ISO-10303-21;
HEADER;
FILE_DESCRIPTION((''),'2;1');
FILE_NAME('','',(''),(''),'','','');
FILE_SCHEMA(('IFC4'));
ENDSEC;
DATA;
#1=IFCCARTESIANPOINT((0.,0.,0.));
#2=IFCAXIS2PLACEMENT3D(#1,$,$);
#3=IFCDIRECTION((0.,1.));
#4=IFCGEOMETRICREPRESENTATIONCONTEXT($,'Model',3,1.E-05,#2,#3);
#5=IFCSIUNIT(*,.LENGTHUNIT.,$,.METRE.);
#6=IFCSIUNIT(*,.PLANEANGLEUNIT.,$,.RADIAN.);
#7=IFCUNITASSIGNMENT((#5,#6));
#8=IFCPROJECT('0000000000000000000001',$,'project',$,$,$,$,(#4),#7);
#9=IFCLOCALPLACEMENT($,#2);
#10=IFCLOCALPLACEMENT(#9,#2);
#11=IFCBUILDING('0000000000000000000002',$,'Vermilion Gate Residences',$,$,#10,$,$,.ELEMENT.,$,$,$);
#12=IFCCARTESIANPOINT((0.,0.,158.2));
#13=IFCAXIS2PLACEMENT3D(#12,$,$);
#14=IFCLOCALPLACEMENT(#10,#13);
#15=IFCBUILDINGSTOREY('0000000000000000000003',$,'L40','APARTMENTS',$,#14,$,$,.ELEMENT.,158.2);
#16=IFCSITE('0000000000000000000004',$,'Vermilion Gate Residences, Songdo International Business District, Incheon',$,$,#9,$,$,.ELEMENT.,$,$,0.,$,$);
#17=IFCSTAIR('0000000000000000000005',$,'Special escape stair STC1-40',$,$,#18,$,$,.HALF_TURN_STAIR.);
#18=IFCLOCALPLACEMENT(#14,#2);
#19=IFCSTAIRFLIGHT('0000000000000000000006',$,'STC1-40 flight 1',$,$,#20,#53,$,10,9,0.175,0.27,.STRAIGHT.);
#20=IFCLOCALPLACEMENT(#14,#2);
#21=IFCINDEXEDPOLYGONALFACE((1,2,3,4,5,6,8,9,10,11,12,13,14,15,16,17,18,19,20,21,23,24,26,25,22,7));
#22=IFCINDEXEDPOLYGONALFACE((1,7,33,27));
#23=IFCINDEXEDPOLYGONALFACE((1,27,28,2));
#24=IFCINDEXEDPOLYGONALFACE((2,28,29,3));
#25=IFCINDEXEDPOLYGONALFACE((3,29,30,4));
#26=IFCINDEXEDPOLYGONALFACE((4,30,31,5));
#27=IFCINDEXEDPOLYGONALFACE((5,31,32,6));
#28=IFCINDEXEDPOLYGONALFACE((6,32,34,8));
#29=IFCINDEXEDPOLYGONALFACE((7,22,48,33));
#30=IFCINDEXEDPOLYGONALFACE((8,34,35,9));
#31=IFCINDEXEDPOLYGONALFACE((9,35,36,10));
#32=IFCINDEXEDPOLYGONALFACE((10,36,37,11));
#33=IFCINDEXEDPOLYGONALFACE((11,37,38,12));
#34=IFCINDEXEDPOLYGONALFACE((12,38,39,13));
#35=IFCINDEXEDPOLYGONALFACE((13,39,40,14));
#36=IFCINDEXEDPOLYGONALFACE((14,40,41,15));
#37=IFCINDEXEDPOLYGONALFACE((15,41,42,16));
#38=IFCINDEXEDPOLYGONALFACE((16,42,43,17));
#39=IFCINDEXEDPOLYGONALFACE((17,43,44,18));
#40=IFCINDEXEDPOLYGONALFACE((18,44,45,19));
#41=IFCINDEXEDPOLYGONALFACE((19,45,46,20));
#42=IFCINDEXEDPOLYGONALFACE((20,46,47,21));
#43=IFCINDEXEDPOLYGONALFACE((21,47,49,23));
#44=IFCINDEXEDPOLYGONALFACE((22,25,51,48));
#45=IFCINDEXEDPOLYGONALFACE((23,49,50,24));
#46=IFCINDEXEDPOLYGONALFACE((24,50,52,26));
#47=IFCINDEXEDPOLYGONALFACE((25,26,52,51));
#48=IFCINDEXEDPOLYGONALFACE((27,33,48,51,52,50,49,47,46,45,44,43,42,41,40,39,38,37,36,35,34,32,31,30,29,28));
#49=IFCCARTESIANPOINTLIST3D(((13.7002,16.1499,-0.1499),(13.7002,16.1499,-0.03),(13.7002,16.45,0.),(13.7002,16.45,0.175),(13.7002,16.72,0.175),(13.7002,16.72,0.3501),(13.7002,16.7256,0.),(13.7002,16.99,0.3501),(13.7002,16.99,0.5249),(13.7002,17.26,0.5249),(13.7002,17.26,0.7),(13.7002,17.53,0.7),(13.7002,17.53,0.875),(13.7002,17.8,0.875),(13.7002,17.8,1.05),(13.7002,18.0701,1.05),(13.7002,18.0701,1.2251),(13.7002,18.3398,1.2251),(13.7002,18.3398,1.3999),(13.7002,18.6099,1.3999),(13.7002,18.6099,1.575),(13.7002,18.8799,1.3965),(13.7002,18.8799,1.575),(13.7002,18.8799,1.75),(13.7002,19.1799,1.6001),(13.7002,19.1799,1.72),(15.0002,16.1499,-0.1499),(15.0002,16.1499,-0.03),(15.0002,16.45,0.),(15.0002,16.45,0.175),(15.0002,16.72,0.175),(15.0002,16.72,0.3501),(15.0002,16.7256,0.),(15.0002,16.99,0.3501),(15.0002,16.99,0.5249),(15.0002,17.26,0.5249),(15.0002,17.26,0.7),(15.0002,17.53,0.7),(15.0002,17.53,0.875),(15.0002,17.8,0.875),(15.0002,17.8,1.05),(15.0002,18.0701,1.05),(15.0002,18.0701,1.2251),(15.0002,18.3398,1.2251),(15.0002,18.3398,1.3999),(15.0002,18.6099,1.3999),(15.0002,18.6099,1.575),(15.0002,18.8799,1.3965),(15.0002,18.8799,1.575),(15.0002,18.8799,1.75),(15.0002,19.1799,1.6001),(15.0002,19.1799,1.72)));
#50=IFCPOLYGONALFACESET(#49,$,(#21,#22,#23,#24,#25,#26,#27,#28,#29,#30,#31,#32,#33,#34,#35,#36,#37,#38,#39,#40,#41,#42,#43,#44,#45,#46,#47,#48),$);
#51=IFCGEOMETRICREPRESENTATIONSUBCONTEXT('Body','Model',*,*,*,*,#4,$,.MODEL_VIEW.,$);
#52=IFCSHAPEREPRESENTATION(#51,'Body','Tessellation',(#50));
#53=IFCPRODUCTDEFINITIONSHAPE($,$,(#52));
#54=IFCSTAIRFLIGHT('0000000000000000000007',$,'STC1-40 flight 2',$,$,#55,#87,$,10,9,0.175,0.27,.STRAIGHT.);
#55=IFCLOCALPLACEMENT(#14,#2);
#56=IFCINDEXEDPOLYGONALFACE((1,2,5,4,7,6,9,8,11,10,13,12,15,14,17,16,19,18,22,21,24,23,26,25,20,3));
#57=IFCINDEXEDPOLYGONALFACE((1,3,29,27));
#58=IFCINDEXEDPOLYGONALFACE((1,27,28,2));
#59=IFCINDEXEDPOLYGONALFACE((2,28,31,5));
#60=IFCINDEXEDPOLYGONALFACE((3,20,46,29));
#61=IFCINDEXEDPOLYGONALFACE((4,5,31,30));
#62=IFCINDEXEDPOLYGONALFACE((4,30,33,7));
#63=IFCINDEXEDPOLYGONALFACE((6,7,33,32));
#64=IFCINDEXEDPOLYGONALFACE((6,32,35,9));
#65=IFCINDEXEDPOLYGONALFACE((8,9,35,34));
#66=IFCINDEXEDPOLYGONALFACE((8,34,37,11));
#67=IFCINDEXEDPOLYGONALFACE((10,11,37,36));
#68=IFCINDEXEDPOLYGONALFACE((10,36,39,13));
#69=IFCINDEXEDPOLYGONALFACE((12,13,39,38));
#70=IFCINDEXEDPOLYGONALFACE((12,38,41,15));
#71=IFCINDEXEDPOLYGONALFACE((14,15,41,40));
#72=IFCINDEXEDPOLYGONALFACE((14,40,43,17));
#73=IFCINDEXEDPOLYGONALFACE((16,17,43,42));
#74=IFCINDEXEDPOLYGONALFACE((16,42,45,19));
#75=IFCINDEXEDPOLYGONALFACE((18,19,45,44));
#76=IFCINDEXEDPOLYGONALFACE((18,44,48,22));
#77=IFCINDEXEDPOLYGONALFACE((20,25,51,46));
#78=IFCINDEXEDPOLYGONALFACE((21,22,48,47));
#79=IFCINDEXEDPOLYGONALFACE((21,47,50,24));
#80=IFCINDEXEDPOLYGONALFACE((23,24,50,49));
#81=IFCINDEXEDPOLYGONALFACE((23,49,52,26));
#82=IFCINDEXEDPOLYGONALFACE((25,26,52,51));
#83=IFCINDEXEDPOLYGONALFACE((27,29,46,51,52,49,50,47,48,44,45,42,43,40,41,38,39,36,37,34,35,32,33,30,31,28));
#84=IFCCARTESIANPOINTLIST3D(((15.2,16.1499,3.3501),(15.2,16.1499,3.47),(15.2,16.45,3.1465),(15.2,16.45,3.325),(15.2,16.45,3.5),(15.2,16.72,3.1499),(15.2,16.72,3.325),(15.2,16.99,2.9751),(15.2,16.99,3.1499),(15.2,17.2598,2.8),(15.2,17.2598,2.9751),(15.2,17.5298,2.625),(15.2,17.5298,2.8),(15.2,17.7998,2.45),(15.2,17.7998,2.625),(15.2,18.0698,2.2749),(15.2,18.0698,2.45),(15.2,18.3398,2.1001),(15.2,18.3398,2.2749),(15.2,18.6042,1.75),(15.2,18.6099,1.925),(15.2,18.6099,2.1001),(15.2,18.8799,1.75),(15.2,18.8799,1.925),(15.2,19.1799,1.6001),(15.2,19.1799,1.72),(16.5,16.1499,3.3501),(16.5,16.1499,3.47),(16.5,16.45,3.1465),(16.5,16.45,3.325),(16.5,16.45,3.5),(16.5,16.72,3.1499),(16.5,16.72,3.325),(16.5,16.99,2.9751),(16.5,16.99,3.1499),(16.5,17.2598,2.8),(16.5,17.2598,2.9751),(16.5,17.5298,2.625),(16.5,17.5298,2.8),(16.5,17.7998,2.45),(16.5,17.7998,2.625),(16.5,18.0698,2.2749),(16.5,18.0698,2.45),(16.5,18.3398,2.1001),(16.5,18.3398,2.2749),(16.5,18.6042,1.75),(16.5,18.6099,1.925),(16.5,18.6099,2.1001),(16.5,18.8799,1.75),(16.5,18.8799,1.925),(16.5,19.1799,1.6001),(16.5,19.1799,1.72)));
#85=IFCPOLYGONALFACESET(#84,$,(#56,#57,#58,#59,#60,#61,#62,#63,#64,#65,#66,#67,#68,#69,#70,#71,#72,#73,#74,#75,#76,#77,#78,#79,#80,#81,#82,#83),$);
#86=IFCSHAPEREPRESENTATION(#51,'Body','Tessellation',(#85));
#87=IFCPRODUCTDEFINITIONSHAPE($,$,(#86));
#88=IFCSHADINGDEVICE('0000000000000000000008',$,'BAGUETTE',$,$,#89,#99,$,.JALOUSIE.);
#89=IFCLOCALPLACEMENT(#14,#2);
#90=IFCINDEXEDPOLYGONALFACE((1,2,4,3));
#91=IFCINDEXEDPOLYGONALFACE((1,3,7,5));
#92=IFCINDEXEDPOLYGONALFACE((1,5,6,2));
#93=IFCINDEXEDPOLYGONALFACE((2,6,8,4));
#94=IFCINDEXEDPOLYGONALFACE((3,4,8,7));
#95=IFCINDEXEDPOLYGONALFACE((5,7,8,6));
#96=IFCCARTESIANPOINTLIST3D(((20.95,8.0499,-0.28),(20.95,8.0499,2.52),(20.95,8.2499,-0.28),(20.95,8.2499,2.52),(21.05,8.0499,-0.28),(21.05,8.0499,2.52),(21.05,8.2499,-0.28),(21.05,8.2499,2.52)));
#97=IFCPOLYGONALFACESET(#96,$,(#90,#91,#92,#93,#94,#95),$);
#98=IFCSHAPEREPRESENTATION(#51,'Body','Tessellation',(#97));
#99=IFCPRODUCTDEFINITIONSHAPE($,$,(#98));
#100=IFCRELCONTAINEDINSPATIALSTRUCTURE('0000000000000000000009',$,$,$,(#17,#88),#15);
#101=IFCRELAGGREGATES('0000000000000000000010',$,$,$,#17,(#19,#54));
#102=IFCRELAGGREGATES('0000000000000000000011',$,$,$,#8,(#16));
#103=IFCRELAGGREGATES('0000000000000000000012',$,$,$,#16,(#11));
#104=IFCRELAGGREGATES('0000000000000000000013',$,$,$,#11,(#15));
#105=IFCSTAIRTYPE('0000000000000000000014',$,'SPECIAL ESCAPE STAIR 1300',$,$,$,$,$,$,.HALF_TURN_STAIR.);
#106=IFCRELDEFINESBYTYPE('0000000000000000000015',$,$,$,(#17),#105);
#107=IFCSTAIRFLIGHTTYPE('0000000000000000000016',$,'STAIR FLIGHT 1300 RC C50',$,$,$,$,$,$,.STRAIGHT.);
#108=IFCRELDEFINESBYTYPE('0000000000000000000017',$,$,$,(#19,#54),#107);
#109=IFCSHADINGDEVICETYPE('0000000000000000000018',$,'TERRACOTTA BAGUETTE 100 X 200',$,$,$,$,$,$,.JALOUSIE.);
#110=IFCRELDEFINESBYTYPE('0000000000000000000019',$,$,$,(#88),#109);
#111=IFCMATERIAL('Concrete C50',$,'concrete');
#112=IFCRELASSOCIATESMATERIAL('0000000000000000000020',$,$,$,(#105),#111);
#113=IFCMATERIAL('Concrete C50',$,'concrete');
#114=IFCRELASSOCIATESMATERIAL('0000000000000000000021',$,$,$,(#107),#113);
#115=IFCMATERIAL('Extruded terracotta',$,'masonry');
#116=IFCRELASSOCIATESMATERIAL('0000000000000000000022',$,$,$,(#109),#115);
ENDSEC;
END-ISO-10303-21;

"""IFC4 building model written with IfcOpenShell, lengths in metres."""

from ifc_helpers import new_model, si_unit, direction, frame, origin, origin_2d, place, context, subcontext, project, spatial, polyline, rectangle, outline, extrude, material, material_profile, profile_set, type_object, element, aggregate, save


model = new_model("IFC4")

# Units and contexts
model_context = context("Model", 3, precision=1e-05, world=origin(), true_north=direction((0.0, 1.0)))
body_context = subcontext(model_context, "Body", "Model", "MODEL_VIEW")
ifc_project = project(units=[si_unit("LENGTHUNIT", "METRE"), si_unit("PLANEANGLEUNIT", "RADIAN")], contexts=[model_context])

# Site, building, storey
site_placement = place(None, origin())
site = spatial("IfcSite", under=ifc_project, at=site_placement, Name="Vermilion Gate Residences, Songdo International Business District, Incheon", CompositionType="ELEMENT", RefElevation=0.0)
building_placement = place(site_placement, origin())
building = spatial("IfcBuilding", under=site, at=building_placement, Name="Vermilion Gate Residences", CompositionType="ELEMENT")
storey_placement = place(building_placement, frame((0.0, 0.0, 158.2)))
storey = spatial("IfcBuildingStorey", under=building, at=storey_placement, Name="L40", Description="APARTMENTS", CompositionType="ELEMENT", Elevation=158.2)

# Stair, stair flights
ifc_material_1 = material(Name="Concrete C50", Category="concrete")
stair_type = type_object("IfcStairType", Name="SPECIAL ESCAPE STAIR 1300", PredefinedType="HALF_TURN_STAIR", material=ifc_material_1)
stair_placement = place(storey_placement, origin())
stair = element("IfcStair", 1, at=stair_placement, inside=storey, type_object=stair_type, Name="Special escape stair STC1-40", PredefinedType="HALF_TURN_STAIR")
ifc_material_2 = material(Name="Concrete C50", Category="concrete")
stair_flight_type = type_object("IfcStairFlightType", Name="STAIR FLIGHT 1300 RC C50", PredefinedType="STRAIGHT", material=ifc_material_2)
stair_flight_1_placement = place(storey_placement, frame((14.3501, 16.45, 0.0), z_axis=(0.0, 0.0, 1.0), x_axis=(0.0, 1.0, 0.0)))
stair_flight_1 = element("IfcStairFlight", 2, at=stair_flight_1_placement, type_object=stair_flight_type, Name="STC1-40 flight 1", NumberOfRisers=10, NumberOfTreads=9, PredefinedType="STRAIGHT", RiserHeight=0.175, TreadLength=0.27, context=body_context, shape_type="SweptSolid", body=[
    extrude(outline(polyline([(-0.3, -0.1499), (-0.3, -0.03), (0.0, 0.0), (0.0, 0.175), (0.27, 0.175), (0.27, 0.3501), (0.54, 0.3501), (0.54, 0.5249), (0.8101, 0.5249), (0.8101, 0.7), (1.0801, 0.7), (1.0801, 0.875), (1.3501, 0.875), (1.3501, 1.05), (1.6201, 1.05), (1.6201, 1.2251), (1.8899, 1.2251), (1.8899, 1.3999), (2.1599, 1.3999), (2.1599, 1.575), (2.4299, 1.575), (2.4299, 1.75), (2.73, 1.72), (2.73, 1.6001), (2.4299, 1.3965), (0.2756, 0.0), (-0.3, -0.1499)])), frame((0.0, 0.6499, 0.0), z_axis=(0.0, -1.0, 0.0), x_axis=(1.0, 0.0, 0.0)), (0.0, 0.0, 1.0), 1.3),
])
stair_flight_2_placement = place(storey_placement, frame((15.8501, 18.8799, 1.75), z_axis=(0.0, 0.0, 1.0), x_axis=(0.0, -1.0, 0.0)))
stair_flight_2 = element("IfcStairFlight", 3, at=stair_flight_2_placement, type_object=stair_flight_type, Name="STC1-40 flight 2", NumberOfRisers=10, NumberOfTreads=9, PredefinedType="STRAIGHT", RiserHeight=0.175, TreadLength=0.27, context=body_context, shape_type="SweptSolid", body=[
    extrude(outline(polyline([(-0.3, -0.1499), (-0.3, -0.03), (0.0, 0.0), (0.0, 0.175), (0.27, 0.175), (0.27, 0.3501), (0.54, 0.3501), (0.54, 0.5249), (0.8101, 0.5249), (0.8101, 0.7), (1.0801, 0.7), (1.0801, 0.875), (1.3501, 0.875), (1.3501, 1.05), (1.6201, 1.05), (1.6201, 1.2251), (1.8899, 1.2251), (1.8899, 1.3999), (2.1599, 1.3999), (2.1599, 1.575), (2.4299, 1.575), (2.4299, 1.75), (2.73, 1.72), (2.73, 1.6001), (2.4299, 1.3965), (0.2756, 0.0), (-0.3, -0.1499)])), frame((0.0, 0.6499, 0.0), z_axis=(0.0, -1.0, 0.0), x_axis=(1.0, 0.0, 0.0)), (0.0, 0.0, 1.0), 1.3),
])
aggregate(stair, [stair_flight_1, stair_flight_2])

# Shading device
ifc_material_3 = material(Name="Extruded terracotta", Category="masonry")
ifc_material_profile_1 = material_profile(ifc_material_3, rectangle(XDim=0.2, YDim=0.1001, at=origin_2d()), Name="BAGUETTE 100 X 200")
ifc_profile_set_1 = profile_set([ifc_material_profile_1], Name="Extruded terracotta")
shading_device_type = type_object("IfcShadingDeviceType", Name="TERRACOTTA BAGUETTE 100 X 200", PredefinedType="JALOUSIE", material=ifc_profile_set_1)
shading_device_placement = place(storey_placement, frame((21.0, 8.1499, -0.28), z_axis=(0.0, 0.0, 1.0), x_axis=(0.0, 1.0, 0.0)))
element("IfcShadingDevice", 4, at=shading_device_placement, inside=storey, type_object=shading_device_type, Name="BAGUETTE", PredefinedType="JALOUSIE", context=body_context, shape_type="SweptSolid", body=[
    extrude(rectangle(XDim=0.2, YDim=0.1001, at=origin_2d()), origin(), (0.0, 0.0, 1.0), 2.8),
])

save(model, "model.ifc")
